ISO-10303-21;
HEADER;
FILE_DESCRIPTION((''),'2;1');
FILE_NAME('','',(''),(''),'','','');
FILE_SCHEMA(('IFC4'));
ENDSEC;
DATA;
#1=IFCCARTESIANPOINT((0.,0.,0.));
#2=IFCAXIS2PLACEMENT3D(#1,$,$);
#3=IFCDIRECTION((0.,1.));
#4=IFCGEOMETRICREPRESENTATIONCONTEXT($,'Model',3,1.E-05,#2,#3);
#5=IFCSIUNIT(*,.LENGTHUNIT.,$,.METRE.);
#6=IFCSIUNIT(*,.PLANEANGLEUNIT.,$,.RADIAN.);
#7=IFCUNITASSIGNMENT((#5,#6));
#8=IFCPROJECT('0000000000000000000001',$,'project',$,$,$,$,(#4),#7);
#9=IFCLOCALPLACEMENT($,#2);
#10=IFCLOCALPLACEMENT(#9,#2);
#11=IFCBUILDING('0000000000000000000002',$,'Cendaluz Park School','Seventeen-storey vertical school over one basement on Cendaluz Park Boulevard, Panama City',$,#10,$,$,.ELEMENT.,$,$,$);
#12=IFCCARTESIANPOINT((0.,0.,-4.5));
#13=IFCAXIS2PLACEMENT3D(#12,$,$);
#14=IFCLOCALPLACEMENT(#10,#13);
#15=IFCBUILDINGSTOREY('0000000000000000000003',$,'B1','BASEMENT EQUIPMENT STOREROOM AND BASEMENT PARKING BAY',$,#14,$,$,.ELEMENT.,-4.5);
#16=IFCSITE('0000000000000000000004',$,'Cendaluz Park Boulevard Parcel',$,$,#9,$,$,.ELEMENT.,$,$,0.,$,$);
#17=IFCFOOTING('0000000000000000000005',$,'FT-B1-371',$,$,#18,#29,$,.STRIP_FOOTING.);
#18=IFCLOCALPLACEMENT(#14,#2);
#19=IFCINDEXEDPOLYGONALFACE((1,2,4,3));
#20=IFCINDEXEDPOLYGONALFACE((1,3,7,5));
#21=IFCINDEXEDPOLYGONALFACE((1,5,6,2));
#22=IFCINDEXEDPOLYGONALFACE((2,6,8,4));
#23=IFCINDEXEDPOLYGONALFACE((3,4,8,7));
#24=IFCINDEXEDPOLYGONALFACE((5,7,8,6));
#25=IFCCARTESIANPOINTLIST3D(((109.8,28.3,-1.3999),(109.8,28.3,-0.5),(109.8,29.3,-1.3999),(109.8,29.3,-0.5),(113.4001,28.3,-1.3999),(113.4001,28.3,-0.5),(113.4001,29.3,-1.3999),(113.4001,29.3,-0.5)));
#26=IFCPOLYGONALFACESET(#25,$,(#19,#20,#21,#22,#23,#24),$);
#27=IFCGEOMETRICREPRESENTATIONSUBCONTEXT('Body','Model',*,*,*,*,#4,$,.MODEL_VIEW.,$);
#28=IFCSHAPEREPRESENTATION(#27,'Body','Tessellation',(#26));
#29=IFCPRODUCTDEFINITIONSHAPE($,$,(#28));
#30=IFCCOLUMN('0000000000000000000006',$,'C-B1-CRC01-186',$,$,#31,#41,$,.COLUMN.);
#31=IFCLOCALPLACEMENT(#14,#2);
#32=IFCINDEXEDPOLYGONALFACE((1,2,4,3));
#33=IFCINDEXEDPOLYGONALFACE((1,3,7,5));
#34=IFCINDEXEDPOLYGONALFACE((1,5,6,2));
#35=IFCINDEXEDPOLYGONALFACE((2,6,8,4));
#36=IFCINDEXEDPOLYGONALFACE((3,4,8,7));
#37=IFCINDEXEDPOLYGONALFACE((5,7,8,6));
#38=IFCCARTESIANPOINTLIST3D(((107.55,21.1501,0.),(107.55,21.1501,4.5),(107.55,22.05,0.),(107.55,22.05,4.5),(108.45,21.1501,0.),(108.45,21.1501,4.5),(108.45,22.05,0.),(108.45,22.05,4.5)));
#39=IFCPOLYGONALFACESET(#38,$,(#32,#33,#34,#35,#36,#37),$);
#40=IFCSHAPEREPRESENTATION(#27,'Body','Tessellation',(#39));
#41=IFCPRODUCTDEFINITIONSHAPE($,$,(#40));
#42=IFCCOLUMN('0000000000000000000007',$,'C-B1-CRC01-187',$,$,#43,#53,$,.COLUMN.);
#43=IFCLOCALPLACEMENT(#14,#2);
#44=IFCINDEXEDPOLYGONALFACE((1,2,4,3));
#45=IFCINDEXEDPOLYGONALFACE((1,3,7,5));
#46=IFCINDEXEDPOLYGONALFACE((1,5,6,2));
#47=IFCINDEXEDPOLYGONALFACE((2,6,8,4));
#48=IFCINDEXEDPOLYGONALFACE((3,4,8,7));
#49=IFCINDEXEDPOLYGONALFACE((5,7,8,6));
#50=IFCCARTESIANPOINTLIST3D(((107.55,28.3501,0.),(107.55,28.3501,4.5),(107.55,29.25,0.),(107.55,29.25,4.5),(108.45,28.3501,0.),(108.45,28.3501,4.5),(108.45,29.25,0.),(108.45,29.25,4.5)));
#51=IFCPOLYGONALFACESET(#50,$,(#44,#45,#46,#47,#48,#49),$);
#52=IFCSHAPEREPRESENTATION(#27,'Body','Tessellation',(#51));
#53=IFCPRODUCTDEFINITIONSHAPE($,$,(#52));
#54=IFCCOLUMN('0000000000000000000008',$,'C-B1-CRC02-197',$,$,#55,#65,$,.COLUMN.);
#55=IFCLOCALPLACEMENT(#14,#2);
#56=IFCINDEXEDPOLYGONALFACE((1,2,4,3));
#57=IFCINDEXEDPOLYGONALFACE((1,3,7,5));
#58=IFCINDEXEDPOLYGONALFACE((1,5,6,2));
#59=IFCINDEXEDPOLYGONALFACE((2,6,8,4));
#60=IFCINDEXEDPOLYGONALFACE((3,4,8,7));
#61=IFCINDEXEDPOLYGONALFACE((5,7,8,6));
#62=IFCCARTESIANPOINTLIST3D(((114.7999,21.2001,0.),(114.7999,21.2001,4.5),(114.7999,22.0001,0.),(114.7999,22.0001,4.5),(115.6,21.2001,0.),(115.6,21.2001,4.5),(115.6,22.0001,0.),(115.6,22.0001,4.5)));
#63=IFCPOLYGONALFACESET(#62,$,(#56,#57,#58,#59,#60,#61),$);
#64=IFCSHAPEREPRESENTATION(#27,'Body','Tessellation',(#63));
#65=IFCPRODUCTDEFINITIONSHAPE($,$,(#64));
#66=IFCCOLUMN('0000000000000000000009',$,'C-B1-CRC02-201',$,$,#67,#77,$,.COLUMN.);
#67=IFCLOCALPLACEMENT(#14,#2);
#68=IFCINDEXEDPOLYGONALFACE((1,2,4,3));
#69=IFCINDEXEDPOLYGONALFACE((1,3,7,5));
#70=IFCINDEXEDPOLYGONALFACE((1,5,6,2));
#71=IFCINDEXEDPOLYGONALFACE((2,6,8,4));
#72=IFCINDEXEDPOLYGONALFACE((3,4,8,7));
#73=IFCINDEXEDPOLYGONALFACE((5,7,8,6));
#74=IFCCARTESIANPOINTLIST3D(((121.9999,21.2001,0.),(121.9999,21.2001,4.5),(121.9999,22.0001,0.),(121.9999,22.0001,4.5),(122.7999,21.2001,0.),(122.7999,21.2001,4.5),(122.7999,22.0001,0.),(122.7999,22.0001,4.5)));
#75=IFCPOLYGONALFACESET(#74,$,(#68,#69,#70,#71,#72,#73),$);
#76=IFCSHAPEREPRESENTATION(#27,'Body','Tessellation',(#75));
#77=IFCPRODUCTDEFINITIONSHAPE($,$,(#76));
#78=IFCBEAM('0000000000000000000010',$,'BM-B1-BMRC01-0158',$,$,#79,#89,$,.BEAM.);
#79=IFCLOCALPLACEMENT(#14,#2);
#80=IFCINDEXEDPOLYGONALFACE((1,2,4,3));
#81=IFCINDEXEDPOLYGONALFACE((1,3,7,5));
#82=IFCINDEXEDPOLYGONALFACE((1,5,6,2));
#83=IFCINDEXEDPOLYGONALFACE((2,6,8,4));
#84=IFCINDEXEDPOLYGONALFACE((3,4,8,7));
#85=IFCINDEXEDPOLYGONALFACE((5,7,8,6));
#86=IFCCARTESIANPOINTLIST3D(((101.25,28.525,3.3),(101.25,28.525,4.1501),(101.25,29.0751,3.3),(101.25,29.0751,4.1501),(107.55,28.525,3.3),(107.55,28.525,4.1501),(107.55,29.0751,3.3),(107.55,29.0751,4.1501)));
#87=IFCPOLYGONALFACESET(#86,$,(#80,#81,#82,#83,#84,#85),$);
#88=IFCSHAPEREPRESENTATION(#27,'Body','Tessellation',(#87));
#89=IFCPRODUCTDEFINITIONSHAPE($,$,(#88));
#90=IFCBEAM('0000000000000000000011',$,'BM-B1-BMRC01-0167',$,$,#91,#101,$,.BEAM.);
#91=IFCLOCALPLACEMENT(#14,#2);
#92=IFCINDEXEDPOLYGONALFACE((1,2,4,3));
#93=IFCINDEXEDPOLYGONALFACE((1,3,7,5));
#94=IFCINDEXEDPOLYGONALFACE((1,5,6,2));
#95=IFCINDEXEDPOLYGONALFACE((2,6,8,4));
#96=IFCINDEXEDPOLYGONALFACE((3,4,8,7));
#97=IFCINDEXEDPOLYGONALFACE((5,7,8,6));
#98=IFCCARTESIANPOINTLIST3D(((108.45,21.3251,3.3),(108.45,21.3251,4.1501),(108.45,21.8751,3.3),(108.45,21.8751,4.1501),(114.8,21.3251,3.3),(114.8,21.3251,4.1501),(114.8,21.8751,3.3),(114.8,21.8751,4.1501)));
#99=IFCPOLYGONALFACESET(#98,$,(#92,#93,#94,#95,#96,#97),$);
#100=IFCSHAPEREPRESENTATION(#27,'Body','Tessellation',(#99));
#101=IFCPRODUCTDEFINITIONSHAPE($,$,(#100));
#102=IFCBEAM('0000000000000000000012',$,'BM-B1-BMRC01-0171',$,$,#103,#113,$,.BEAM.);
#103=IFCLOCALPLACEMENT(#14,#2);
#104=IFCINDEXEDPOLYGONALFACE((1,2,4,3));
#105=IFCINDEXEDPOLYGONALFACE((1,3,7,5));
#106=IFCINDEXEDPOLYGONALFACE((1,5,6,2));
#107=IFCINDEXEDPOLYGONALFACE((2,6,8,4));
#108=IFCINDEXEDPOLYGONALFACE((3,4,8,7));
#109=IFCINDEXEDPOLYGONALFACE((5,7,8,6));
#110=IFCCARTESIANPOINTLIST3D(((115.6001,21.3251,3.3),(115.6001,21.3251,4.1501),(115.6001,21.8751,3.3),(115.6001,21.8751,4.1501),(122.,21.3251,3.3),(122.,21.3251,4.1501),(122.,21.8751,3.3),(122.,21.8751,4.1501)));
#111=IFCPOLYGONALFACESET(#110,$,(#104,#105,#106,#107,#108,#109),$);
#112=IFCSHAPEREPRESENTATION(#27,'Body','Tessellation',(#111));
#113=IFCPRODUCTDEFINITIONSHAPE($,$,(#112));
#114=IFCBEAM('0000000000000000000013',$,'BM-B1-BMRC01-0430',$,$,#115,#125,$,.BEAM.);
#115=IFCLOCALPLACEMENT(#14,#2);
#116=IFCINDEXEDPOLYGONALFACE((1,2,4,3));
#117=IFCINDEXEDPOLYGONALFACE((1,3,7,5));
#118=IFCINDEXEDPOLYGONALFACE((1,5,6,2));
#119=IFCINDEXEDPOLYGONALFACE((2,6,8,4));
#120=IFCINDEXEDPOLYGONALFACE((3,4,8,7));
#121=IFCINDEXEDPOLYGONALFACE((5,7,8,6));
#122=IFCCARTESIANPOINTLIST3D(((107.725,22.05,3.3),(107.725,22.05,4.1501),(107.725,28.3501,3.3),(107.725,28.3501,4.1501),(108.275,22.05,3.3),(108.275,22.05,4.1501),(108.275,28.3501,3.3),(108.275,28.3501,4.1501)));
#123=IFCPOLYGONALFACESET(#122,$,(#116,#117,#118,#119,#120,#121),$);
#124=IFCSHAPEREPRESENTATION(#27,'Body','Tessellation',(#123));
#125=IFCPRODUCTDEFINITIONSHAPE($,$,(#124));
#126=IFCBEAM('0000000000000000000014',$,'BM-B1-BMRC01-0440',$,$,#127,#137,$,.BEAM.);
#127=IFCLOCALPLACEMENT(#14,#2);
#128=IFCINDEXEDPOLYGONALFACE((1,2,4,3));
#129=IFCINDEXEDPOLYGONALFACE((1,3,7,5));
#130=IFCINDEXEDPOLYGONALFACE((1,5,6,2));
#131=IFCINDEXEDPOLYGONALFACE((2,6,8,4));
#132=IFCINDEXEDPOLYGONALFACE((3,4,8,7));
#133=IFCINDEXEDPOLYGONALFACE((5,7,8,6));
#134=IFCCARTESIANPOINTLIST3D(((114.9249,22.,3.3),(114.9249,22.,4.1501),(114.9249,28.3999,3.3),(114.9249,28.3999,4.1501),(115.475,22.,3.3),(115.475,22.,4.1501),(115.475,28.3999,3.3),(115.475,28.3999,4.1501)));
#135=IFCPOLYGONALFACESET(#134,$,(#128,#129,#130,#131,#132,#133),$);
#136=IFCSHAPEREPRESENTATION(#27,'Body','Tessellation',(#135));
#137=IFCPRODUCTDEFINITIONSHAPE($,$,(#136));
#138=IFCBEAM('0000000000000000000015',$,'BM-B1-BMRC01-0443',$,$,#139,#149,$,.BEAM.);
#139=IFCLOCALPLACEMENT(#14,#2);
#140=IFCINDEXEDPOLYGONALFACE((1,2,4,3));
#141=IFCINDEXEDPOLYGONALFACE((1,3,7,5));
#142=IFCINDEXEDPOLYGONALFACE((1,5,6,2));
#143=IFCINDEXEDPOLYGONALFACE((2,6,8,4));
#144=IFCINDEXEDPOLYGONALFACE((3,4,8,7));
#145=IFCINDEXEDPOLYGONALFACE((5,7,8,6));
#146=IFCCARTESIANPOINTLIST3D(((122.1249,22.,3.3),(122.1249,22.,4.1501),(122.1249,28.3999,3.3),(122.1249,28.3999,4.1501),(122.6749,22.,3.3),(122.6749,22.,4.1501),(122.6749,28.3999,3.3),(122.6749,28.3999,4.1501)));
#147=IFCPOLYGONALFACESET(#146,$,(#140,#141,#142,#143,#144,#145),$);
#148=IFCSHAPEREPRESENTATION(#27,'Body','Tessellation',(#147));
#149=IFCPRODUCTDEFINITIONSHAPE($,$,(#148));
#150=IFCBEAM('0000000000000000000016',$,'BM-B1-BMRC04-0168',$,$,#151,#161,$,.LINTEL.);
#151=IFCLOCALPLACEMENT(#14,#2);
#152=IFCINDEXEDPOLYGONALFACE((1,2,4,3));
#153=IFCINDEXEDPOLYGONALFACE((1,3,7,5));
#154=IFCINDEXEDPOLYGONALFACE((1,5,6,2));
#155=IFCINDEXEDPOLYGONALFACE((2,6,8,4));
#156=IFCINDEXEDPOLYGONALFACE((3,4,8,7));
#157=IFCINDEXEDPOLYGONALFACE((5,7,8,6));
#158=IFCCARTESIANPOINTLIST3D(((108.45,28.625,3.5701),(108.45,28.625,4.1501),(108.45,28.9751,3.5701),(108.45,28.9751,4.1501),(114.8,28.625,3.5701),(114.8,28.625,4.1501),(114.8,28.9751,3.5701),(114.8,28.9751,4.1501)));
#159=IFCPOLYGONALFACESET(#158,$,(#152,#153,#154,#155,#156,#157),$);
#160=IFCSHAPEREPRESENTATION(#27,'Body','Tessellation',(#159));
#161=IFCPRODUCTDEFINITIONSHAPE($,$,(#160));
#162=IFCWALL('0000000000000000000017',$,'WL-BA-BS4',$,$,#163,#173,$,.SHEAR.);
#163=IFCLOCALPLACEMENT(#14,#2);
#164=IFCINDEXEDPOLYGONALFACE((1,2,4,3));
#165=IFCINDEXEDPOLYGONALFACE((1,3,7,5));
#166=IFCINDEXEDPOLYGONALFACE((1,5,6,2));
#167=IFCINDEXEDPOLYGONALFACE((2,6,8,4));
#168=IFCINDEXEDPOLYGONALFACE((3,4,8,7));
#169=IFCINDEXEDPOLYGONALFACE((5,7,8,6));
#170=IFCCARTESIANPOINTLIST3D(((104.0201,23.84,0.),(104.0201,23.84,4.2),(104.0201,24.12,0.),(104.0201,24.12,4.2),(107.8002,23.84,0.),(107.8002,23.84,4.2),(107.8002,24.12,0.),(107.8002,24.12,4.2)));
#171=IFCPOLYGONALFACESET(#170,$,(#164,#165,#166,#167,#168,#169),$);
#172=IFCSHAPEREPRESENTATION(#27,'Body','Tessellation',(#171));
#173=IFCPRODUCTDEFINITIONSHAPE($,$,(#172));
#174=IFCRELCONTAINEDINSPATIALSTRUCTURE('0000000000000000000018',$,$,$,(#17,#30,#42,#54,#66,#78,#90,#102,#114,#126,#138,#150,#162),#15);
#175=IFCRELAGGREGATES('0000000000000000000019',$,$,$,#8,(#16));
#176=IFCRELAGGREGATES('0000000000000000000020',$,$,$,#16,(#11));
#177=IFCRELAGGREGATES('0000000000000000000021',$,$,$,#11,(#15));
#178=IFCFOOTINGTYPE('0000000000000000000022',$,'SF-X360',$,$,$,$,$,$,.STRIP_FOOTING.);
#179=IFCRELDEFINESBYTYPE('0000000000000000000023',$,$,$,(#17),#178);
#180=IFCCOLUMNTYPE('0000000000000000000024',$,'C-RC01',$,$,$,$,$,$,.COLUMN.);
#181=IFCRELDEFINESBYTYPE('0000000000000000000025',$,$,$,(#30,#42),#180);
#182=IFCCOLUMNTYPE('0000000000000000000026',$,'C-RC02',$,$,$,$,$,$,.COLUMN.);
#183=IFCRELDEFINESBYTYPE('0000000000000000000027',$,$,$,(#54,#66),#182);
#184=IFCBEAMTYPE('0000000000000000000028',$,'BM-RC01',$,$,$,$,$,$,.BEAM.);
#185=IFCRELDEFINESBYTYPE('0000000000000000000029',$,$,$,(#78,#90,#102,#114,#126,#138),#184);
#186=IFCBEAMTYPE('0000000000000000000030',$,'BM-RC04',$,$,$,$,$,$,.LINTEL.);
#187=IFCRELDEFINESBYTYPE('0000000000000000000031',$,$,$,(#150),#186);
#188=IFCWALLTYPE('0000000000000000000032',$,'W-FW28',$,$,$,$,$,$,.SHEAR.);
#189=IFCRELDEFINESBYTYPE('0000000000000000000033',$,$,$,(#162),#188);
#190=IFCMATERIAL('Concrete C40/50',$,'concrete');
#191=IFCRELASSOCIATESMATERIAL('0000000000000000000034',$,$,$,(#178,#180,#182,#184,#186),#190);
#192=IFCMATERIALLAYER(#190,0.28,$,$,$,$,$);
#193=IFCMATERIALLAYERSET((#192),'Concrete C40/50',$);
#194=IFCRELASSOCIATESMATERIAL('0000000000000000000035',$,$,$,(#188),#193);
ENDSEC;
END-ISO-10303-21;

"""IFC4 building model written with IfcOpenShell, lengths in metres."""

from ifc_helpers import new_model, si_unit, direction, frame, frame_2d, origin, origin_2d, place, context, subcontext, project, spatial, rectangle, extrude, material, layer, layer_set, material_profile, profile_set, type_object, element, save


model = new_model("IFC4")

# Units and contexts
model_context = context("Model", 3, precision=1e-05, world=origin(), true_north=direction((0.0, 1.0)))
body_context = subcontext(model_context, "Body", "Model", "MODEL_VIEW")
ifc_project = project(units=[si_unit("LENGTHUNIT", "METRE"), si_unit("PLANEANGLEUNIT", "RADIAN")], contexts=[model_context])

# Site, building, storey
site_placement = place(None, origin())
site = spatial("IfcSite", under=ifc_project, at=site_placement, Name="Cendaluz Park Boulevard Parcel", CompositionType="ELEMENT", RefElevation=0.0)
building_placement = place(site_placement, origin())
building = spatial("IfcBuilding", under=site, at=building_placement, Name="Cendaluz Park School", Description="Seventeen-storey vertical school over one basement on Cendaluz Park Boulevard, Panama City", CompositionType="ELEMENT")
storey_placement = place(building_placement, frame((0.0, 0.0, -4.5)))
storey = spatial("IfcBuildingStorey", under=building, at=storey_placement, Name="B1", Description="BASEMENT EQUIPMENT STOREROOM AND BASEMENT PARKING BAY", CompositionType="ELEMENT", Elevation=-4.5)

# Shared definitions
ifc_material_1 = material(Name="Concrete C40/50", Category="concrete")

# Footing
footing_type_1 = type_object("IfcFootingType", Name="SF-X360", PredefinedType="STRIP_FOOTING", material=ifc_material_1)
footing_1_placement = place(storey_placement, frame((111.6001, 28.8, -1.3999), z_axis=(0.0, 0.0, 1.0), x_axis=(1.0, 0.0, 0.0)))
element("IfcFooting", 1, at=footing_1_placement, inside=storey, type_object=footing_type_1, Name="FT-B1-371", PredefinedType="STRIP_FOOTING", context=body_context, shape_type="SweptSolid", body=[
    extrude(rectangle(XDim=3.6001, YDim=1.0, at=origin_2d()), origin(), (0.0, 0.0, 1.0), 0.8999),
])

# Columns
ifc_material_profile_1 = material_profile(ifc_material_1, rectangle(XDim=0.8999, YDim=0.8999, at=origin_2d()), Name="RC 900x900", Category="concrete")
ifc_profile_set_1 = profile_set([ifc_material_profile_1], Name="Concrete C40/50")
column_type_1 = type_object("IfcColumnType", Name="C-RC01", PredefinedType="COLUMN", material=ifc_profile_set_1)
for number, where, z_axis, x_axis, name in (
    (2, (108.0, 21.6001, 0.0), (0.0, 0.0, 1.0), (1.0, 0.0, 0.0), "C-B1-CRC01-186"),
    (3, (108.0, 28.8, 0.0), (0.0, 0.0, 1.0), (1.0, 0.0, 0.0), "C-B1-CRC01-187"),
):
    element("IfcColumn", number, at=place(storey_placement, frame(where, z_axis=z_axis, x_axis=x_axis)), inside=storey, type_object=column_type_1, Name=name, PredefinedType="COLUMN", context=body_context, shape_type="SweptSolid", body=[
        extrude(rectangle(XDim=0.8999, YDim=0.8999, at=origin_2d()), origin(), (0.0, 0.0, 1.0), 4.5),
    ])
ifc_material_profile_2 = material_profile(ifc_material_1, rectangle(XDim=0.8, YDim=0.8, at=origin_2d()), Name="RC 800x800", Category="concrete")
ifc_profile_set_2 = profile_set([ifc_material_profile_2], Name="Concrete C40/50")
column_type_2 = type_object("IfcColumnType", Name="C-RC02", PredefinedType="COLUMN", material=ifc_profile_set_2)
for number, where, z_axis, x_axis, name in (
    (4, (115.2, 21.6001, 0.0), (0.0, 0.0, 1.0), (1.0, 0.0, 0.0), "C-B1-CRC02-197"),
    (5, (122.3999, 21.6001, 0.0), (0.0, 0.0, 1.0), (1.0, 0.0, 0.0), "C-B1-CRC02-201"),
):
    element("IfcColumn", number, at=place(storey_placement, frame(where, z_axis=z_axis, x_axis=x_axis)), inside=storey, type_object=column_type_2, Name=name, PredefinedType="COLUMN", context=body_context, shape_type="SweptSolid", body=[
        extrude(rectangle(XDim=0.8, YDim=0.8, at=origin_2d()), origin(), (0.0, 0.0, 1.0), 4.5),
    ])

# Beams
ifc_material_profile_3 = material_profile(ifc_material_1, rectangle(XDim=0.55, YDim=0.8501, at=origin_2d()), Name="RC 550x850", Category="concrete")
ifc_profile_set_3 = profile_set([ifc_material_profile_3], Name="Concrete C40/50")
beam_type_1 = type_object("IfcBeamType", Name="BM-RC01", PredefinedType="BEAM", material=ifc_profile_set_3)
beam_1_placement = place(storey_placement, frame((101.25, 28.8, 3.7251), z_axis=(1.0, 0.0, 0.0), x_axis=(0.0, 1.0, 0.0)))
element("IfcBeam", 6, at=beam_1_placement, inside=storey, type_object=beam_type_1, Name="BM-B1-BMRC01-0158", PredefinedType="BEAM", context=body_context, shape_type="SweptSolid", body=[
    extrude(rectangle(XDim=0.55, YDim=0.8501, at=origin_2d()), origin(), (0.0, 0.0, 1.0), 6.3),
])
beam_2_placement = place(storey_placement, frame((108.45, 21.6001, 3.7251), z_axis=(1.0, 0.0, 0.0), x_axis=(0.0, 1.0, 0.0)))
element("IfcBeam", 7, at=beam_2_placement, inside=storey, type_object=beam_type_1, Name="BM-B1-BMRC01-0167", PredefinedType="BEAM", context=body_context, shape_type="SweptSolid", body=[
    extrude(rectangle(XDim=0.55, YDim=0.8501, at=origin_2d()), origin(), (0.0, 0.0, 1.0), 6.3501),
])
beam_3_placement = place(storey_placement, frame((115.6001, 21.6001, 3.7251), z_axis=(1.0, 0.0, 0.0), x_axis=(0.0, 1.0, 0.0)))
element("IfcBeam", 8, at=beam_3_placement, inside=storey, type_object=beam_type_1, Name="BM-B1-BMRC01-0171", PredefinedType="BEAM", context=body_context, shape_type="SweptSolid", body=[
    extrude(rectangle(XDim=0.55, YDim=0.8501, at=origin_2d()), origin(), (0.0, 0.0, 1.0), 6.3999),
])
beam_4_placement = place(storey_placement, frame((108.0, 22.05, 3.7251), z_axis=(0.0, 1.0, 0.0), x_axis=(-1.0, 0.0, 0.0)))
element("IfcBeam", 9, at=beam_4_placement, inside=storey, type_object=beam_type_1, Name="BM-B1-BMRC01-0430", PredefinedType="BEAM", context=body_context, shape_type="SweptSolid", body=[
    extrude(rectangle(XDim=0.55, YDim=0.8501, at=origin_2d()), origin(), (0.0, 0.0, 1.0), 6.3),
])
for number, where, z_axis, x_axis, name in (
    (10, (115.2, 22.0, 3.7251), (0.0, 1.0, 0.0), (-1.0, 0.0, 0.0), "BM-B1-BMRC01-0440"),
    (11, (122.3999, 22.0, 3.7251), (0.0, 1.0, 0.0), (-1.0, 0.0, 0.0), "BM-B1-BMRC01-0443"),
):
    element("IfcBeam", number, at=place(storey_placement, frame(where, z_axis=z_axis, x_axis=x_axis)), inside=storey, type_object=beam_type_1, Name=name, PredefinedType="BEAM", context=body_context, shape_type="SweptSolid", body=[
        extrude(rectangle(XDim=0.55, YDim=0.8501, at=origin_2d()), origin(), (0.0, 0.0, 1.0), 6.3999),
    ])
ifc_material_profile_4 = material_profile(ifc_material_1, rectangle(XDim=0.3501, YDim=0.5801, at=origin_2d()), Name="RC 350x580", Category="concrete")
ifc_profile_set_4 = profile_set([ifc_material_profile_4], Name="Concrete C40/50")
beam_type_2 = type_object("IfcBeamType", Name="BM-RC04", PredefinedType="LINTEL", material=ifc_profile_set_4)
beam_5_placement = place(storey_placement, frame((108.45, 28.8, 3.8601), z_axis=(1.0, 0.0, 0.0), x_axis=(0.0, 1.0, 0.0)))
element("IfcBeam", 12, at=beam_5_placement, inside=storey, type_object=beam_type_2, Name="BM-B1-BMRC04-0168", PredefinedType="LINTEL", context=body_context, shape_type="SweptSolid", body=[
    extrude(rectangle(XDim=0.3501, YDim=0.5801, at=origin_2d()), origin(), (0.0, 0.0, 1.0), 6.3501),
])

# Wall
ifc_layer_1 = layer(ifc_material_1, 0.28)
ifc_layer_set_1 = layer_set([ifc_layer_1], Name="Concrete C40/50")
wall_type_1 = type_object("IfcWallType", Name="W-FW28", PredefinedType="SHEAR", material=ifc_layer_set_1)
wall_1_placement = place(storey_placement, frame((104.02, 23.98, 0.0), z_axis=(0.0, 0.0, 1.0), x_axis=(1.0, 0.0, 0.0)))
element("IfcWall", 13, at=wall_1_placement, inside=storey, type_object=wall_type_1, Name="WL-BA-BS4", PredefinedType="SHEAR", context=body_context, shape_type="SweptSolid", body=[
    extrude(rectangle(XDim=3.78, YDim=0.28, at=frame_2d((1.8901, 0.0))), origin(), (0.0, 0.0, 1.0), 4.2),
])

save(model, "model.ifc")
